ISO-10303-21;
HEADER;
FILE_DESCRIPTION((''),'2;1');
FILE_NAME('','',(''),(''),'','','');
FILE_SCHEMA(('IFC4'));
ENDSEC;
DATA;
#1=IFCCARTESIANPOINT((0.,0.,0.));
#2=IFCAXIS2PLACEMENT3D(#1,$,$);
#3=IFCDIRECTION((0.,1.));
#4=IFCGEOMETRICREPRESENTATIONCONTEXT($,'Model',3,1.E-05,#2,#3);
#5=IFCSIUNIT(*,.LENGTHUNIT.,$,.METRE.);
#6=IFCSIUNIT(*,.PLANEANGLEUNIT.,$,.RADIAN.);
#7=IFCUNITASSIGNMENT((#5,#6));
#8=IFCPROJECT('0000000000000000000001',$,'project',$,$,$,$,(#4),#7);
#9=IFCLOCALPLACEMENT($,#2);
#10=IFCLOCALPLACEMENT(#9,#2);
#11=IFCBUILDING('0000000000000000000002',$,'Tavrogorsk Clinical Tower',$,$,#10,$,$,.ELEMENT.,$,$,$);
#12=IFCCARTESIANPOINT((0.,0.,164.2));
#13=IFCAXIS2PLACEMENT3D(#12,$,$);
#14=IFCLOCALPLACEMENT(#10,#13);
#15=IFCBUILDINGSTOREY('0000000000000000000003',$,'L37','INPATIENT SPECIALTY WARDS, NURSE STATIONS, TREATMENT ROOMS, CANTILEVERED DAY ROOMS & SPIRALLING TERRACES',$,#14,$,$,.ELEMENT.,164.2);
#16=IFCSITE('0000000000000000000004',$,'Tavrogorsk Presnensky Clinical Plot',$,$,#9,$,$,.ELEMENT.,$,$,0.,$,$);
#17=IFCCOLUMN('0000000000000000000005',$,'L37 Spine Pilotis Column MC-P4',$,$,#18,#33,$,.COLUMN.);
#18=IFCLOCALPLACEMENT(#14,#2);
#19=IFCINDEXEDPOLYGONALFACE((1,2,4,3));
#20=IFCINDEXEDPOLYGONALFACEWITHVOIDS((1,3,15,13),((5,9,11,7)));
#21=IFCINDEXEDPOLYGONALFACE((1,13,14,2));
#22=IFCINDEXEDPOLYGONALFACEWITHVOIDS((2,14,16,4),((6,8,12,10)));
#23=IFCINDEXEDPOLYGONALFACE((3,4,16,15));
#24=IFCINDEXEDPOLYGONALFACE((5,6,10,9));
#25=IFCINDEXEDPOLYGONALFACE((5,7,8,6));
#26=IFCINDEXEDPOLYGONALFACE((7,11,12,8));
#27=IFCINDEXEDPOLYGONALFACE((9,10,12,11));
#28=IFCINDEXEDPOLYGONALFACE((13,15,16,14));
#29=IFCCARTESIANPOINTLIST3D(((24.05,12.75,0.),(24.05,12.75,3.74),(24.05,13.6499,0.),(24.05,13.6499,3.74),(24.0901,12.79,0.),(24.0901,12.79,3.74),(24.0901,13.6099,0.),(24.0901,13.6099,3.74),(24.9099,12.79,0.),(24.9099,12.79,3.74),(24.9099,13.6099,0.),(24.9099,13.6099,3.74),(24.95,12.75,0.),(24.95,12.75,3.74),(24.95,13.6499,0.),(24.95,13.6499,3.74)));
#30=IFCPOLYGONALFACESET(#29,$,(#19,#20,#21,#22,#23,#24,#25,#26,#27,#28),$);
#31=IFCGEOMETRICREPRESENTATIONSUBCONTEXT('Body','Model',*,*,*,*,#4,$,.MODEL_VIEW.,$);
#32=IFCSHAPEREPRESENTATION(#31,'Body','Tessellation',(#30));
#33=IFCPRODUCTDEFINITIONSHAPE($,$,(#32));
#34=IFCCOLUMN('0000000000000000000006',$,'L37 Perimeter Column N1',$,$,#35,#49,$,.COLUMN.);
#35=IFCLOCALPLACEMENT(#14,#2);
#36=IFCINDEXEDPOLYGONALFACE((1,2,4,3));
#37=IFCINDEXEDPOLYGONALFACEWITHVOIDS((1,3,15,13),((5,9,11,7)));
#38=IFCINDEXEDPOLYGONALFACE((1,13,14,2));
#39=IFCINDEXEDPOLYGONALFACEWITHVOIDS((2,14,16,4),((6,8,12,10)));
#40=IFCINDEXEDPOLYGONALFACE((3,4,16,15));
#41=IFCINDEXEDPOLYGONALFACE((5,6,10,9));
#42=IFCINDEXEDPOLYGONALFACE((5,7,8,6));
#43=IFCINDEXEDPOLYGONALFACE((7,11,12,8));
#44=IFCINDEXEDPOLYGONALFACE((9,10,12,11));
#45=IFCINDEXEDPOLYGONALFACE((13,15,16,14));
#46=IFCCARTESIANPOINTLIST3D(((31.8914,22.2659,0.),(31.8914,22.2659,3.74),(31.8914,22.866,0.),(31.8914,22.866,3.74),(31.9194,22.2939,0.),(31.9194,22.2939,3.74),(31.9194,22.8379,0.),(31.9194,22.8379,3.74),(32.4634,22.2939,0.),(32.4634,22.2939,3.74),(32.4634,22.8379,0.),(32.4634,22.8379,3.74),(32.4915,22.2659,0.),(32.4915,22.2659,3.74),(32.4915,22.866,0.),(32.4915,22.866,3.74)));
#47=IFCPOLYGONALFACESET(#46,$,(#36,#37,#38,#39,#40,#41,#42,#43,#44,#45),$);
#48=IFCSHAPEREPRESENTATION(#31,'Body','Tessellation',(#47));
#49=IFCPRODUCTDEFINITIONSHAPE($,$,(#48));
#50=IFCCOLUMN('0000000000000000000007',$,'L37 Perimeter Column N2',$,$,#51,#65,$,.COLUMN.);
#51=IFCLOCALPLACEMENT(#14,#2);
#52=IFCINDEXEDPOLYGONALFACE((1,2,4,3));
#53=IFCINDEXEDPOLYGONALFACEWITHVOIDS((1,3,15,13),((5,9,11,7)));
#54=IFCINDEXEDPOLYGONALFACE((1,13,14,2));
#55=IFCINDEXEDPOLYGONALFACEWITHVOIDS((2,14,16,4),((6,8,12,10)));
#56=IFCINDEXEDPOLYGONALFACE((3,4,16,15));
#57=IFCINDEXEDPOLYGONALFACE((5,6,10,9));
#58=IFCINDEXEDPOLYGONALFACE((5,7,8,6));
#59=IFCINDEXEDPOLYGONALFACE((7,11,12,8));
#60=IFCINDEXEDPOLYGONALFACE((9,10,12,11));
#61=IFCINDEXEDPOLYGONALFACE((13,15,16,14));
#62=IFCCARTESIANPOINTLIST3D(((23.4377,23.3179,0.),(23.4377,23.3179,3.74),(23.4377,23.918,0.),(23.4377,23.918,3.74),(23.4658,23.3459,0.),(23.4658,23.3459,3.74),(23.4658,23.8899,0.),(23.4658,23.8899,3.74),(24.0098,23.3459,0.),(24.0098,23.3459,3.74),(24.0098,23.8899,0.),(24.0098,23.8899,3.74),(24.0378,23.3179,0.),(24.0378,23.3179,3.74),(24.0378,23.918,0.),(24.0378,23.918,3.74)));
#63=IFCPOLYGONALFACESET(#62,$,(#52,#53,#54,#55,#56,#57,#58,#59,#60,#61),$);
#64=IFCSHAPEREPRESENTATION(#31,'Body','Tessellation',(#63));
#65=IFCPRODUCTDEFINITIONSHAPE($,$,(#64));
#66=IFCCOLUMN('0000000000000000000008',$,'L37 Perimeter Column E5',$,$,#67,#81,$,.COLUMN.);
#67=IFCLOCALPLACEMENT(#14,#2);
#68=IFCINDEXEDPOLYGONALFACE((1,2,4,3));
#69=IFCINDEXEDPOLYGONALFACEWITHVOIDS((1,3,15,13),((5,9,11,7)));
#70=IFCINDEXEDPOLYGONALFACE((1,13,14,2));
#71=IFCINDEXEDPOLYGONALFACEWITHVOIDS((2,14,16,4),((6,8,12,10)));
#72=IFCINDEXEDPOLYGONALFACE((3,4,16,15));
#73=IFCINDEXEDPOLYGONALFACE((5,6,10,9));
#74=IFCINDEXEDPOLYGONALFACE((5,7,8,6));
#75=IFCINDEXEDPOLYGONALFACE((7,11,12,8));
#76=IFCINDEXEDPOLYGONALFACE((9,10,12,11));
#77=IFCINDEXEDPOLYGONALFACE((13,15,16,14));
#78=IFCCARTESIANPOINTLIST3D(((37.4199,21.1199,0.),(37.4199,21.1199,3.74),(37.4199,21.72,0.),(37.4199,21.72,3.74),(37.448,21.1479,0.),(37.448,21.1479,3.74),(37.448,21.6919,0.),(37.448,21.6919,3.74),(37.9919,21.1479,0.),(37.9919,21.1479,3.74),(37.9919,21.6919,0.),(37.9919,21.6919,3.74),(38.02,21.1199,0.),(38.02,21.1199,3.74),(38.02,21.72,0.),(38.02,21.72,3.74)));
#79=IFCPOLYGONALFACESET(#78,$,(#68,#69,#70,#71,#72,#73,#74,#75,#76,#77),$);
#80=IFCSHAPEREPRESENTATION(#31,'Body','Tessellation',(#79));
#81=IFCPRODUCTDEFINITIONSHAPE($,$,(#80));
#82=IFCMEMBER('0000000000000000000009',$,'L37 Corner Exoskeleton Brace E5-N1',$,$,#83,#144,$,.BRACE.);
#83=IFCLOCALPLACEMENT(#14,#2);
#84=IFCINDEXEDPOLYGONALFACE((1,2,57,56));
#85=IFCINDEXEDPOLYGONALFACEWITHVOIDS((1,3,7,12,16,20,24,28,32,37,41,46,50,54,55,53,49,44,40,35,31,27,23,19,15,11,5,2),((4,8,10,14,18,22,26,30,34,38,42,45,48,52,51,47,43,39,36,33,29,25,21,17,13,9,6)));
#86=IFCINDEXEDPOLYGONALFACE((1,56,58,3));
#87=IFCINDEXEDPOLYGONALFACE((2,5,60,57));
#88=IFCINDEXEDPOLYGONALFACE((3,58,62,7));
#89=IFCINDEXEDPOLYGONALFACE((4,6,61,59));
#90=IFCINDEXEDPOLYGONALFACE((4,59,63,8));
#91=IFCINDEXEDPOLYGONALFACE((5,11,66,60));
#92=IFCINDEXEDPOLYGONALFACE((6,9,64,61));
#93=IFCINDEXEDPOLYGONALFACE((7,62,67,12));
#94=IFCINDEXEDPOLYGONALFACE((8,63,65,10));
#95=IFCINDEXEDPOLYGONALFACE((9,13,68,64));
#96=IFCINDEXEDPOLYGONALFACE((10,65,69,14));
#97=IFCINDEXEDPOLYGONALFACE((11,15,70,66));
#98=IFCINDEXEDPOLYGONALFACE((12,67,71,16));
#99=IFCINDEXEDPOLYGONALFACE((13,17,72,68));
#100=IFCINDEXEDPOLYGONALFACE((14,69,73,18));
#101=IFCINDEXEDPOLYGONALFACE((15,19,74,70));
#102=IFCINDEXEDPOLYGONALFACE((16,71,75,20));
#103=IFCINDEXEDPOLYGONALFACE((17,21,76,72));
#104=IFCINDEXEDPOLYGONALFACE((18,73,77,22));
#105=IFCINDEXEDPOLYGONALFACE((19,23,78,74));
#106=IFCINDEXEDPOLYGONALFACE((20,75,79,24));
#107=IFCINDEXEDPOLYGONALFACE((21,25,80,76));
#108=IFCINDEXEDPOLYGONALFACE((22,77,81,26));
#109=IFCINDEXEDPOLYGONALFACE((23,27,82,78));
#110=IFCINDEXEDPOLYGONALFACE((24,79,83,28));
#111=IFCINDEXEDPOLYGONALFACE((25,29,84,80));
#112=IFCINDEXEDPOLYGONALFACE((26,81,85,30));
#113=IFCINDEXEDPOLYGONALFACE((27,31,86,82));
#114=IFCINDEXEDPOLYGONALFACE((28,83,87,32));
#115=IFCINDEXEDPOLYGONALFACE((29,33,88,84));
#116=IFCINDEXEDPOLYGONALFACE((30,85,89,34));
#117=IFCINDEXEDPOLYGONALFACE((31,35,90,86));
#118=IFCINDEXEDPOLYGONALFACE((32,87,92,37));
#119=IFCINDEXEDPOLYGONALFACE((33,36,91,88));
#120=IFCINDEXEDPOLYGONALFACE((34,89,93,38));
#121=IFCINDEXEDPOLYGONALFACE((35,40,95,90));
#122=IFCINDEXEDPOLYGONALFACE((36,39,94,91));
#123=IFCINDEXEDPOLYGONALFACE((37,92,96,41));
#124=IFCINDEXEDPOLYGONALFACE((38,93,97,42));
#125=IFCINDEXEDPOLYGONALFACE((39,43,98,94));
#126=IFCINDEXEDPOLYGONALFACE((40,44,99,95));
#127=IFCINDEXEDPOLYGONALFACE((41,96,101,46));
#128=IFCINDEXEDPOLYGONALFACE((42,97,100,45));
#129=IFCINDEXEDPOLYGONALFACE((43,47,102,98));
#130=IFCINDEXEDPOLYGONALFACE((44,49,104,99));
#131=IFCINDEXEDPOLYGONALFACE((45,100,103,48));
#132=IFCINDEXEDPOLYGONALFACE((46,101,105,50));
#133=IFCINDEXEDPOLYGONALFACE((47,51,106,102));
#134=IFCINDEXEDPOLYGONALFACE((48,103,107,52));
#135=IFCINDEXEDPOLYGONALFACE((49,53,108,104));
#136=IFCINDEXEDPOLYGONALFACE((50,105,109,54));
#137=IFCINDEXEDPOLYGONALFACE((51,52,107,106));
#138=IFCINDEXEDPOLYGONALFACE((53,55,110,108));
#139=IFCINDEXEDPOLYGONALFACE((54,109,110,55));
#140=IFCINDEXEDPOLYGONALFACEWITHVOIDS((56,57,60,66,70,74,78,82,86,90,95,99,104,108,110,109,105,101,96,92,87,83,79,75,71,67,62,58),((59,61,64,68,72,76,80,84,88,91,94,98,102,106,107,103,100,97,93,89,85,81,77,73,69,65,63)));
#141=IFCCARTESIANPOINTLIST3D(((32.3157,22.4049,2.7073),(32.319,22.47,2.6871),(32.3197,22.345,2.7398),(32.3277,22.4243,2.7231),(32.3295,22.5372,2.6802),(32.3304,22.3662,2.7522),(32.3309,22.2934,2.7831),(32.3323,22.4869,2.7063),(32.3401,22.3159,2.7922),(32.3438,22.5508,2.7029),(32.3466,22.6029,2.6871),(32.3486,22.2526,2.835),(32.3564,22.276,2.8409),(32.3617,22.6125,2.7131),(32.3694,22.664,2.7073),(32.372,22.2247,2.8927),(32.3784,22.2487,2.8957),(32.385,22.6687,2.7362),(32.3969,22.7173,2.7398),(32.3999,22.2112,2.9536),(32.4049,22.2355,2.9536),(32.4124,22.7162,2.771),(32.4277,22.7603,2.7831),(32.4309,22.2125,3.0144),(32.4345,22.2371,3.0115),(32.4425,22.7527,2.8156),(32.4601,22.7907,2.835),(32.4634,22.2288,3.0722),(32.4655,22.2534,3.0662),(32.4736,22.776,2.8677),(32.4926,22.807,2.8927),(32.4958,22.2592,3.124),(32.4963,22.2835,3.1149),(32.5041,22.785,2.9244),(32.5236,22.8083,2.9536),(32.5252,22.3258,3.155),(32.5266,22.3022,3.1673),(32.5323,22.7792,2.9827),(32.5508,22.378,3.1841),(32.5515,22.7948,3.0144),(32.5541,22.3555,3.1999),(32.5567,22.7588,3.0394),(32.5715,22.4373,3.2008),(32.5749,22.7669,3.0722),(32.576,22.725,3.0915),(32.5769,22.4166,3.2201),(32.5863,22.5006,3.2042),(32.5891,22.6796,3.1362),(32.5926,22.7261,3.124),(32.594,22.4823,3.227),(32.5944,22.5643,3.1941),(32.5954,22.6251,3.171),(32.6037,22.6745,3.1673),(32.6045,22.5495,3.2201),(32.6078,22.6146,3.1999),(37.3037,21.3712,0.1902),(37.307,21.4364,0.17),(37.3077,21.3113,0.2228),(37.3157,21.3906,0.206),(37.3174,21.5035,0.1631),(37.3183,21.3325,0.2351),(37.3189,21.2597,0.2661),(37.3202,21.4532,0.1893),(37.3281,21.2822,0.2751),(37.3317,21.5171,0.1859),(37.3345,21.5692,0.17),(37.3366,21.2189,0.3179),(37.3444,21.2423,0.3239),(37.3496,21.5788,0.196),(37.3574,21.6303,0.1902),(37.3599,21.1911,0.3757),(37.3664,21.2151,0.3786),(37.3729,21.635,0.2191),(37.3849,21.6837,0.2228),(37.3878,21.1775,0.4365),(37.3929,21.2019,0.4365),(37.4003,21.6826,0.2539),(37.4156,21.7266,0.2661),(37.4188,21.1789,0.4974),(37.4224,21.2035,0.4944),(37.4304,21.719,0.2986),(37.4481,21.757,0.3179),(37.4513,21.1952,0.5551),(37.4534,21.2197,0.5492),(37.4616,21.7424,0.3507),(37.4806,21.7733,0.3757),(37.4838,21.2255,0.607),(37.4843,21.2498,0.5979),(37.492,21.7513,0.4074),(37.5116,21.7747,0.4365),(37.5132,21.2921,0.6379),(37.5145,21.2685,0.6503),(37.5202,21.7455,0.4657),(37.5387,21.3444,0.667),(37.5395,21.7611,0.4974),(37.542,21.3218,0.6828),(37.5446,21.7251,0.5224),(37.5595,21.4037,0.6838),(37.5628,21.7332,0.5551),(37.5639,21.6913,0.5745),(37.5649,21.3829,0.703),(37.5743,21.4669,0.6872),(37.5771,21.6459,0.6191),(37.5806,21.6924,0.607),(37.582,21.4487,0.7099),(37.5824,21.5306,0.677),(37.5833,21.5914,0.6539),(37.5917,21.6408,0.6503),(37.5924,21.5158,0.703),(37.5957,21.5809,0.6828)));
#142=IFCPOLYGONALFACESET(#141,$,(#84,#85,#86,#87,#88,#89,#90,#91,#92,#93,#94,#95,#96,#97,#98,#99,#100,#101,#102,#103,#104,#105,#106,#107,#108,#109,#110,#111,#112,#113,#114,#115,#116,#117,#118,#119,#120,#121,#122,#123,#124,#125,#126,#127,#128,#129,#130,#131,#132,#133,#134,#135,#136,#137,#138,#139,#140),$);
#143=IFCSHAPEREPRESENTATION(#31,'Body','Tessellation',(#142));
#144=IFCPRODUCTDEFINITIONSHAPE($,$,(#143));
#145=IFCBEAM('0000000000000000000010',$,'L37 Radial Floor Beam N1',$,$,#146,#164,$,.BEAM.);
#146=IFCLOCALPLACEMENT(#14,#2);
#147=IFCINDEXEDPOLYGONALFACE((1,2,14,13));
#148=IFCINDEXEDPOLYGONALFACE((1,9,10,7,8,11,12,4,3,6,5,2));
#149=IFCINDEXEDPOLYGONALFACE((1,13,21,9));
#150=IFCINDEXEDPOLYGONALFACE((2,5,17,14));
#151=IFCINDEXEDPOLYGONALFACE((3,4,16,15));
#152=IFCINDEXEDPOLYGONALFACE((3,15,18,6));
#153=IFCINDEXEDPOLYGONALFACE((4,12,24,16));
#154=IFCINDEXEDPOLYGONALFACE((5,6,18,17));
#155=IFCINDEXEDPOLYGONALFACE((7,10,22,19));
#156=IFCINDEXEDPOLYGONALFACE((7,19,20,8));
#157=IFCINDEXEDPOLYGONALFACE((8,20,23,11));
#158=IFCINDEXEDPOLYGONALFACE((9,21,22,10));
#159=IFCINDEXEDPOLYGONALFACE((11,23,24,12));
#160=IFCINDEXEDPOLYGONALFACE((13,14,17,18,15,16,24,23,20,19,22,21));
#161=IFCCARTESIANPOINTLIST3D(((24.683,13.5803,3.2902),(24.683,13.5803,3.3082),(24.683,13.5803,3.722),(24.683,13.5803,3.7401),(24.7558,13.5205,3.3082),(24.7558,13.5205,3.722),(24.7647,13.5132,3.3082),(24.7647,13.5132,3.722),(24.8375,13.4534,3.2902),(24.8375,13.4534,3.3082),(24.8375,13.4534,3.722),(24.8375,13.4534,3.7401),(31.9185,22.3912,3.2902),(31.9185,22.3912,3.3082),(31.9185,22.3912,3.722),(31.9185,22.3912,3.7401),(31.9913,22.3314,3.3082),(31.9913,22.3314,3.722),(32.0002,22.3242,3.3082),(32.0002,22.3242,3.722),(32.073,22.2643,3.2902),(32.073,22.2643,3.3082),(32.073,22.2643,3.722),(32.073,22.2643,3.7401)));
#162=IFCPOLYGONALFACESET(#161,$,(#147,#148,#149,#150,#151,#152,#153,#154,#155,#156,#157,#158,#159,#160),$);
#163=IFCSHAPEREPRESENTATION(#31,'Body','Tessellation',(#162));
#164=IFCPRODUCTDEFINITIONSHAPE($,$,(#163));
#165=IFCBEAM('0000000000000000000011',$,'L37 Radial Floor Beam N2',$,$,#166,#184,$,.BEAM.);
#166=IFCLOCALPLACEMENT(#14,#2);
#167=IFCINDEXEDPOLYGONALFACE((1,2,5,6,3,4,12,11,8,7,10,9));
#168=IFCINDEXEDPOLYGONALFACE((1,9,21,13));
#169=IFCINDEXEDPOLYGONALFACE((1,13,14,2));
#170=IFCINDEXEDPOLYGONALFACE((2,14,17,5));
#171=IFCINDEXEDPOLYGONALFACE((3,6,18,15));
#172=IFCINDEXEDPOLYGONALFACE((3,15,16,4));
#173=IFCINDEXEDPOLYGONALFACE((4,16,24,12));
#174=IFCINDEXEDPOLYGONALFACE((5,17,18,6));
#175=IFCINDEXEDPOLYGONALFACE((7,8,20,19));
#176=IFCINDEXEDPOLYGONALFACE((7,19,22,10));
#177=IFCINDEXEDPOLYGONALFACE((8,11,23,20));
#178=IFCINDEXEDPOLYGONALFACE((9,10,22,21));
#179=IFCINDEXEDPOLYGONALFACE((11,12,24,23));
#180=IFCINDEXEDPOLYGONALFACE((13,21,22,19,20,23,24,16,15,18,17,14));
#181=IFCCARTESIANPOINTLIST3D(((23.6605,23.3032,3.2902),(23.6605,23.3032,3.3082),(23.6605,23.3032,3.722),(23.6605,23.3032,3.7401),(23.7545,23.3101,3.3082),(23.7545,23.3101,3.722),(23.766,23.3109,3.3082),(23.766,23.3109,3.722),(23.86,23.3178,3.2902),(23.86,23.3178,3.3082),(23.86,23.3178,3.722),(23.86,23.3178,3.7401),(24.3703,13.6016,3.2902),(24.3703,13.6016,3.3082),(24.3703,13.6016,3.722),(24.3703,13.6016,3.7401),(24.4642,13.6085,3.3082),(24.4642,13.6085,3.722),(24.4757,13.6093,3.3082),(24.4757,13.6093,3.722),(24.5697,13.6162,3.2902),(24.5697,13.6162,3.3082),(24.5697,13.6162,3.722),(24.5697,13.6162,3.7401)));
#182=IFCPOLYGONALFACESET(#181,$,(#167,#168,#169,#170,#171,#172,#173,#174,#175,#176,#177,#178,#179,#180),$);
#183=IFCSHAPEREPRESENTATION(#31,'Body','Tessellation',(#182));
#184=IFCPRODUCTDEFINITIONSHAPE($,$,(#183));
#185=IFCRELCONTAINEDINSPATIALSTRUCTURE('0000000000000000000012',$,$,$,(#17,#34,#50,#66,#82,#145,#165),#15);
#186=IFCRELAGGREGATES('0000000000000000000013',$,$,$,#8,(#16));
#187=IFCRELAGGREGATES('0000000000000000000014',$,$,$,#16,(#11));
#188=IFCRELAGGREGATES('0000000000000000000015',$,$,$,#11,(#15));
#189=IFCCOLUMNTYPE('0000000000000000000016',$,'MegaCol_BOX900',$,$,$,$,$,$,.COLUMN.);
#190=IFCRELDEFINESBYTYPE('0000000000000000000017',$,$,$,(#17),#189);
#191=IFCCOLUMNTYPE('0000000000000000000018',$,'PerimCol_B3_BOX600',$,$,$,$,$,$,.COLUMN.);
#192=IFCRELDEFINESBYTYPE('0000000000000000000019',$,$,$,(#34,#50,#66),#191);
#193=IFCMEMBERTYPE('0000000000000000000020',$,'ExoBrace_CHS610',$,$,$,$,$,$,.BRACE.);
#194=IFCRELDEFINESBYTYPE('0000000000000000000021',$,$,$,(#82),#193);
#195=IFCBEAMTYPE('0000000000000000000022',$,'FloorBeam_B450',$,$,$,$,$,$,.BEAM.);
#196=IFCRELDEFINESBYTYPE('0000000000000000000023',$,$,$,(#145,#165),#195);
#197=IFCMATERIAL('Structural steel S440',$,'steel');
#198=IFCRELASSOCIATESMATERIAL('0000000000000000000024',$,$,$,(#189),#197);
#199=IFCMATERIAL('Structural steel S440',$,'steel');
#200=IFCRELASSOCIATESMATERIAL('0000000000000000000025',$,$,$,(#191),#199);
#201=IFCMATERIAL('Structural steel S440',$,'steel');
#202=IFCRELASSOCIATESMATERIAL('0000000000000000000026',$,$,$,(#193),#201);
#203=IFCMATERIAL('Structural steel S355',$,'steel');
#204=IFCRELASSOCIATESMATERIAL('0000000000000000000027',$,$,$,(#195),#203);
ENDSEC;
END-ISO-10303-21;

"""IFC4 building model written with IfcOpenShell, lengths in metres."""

from ifc_helpers import new_model, si_unit, direction, frame, origin, origin_2d, place, context, subcontext, project, spatial, hollow_rectangle, hollow_circle, i_section, extrude, material, material_profile, profile_set, type_object, element, save


model = new_model("IFC4")

# Units and contexts
model_context = context("Model", 3, precision=1e-05, world=origin(), true_north=direction((0.0, 1.0)))
body_context = subcontext(model_context, "Body", "Model", "MODEL_VIEW")
ifc_project = project(units=[si_unit("LENGTHUNIT", "METRE"), si_unit("PLANEANGLEUNIT", "RADIAN")], contexts=[model_context])

# Site, building, storey
site_placement = place(None, origin())
site = spatial("IfcSite", under=ifc_project, at=site_placement, Name="Tavrogorsk Presnensky Clinical Plot", CompositionType="ELEMENT", RefElevation=0.0)
building_placement = place(site_placement, origin())
building = spatial("IfcBuilding", under=site, at=building_placement, Name="Tavrogorsk Clinical Tower", CompositionType="ELEMENT")
storey_placement = place(building_placement, frame((0.0, 0.0, 164.2)))
storey = spatial("IfcBuildingStorey", under=building, at=storey_placement, Name="L37", Description="INPATIENT SPECIALTY WARDS, NURSE STATIONS, TREATMENT ROOMS, CANTILEVERED DAY ROOMS & SPIRALLING TERRACES", CompositionType="ELEMENT", Elevation=164.2)

# Columns
ifc_material_1 = material(Name="Structural steel S440", Category="steel")
ifc_material_profile_1 = material_profile(ifc_material_1, hollow_rectangle(XDim=0.8999, YDim=0.8999, WallThickness=0.04, at=origin_2d()), Name="BOX-900x900x40")
ifc_profile_set_1 = profile_set([ifc_material_profile_1], Name="Structural steel S440")
column_type_1 = type_object("IfcColumnType", Name="MegaCol_BOX900", PredefinedType="COLUMN", material=ifc_profile_set_1)
column_placement = place(storey_placement, frame((24.5, 13.2, 0.0), z_axis=(0.0, 0.0, 1.0), x_axis=(1.0, 0.0, 0.0)))
element("IfcColumn", 1, at=column_placement, inside=storey, type_object=column_type_1, Name="L37 Spine Pilotis Column MC-P4", PredefinedType="COLUMN", context=body_context, shape_type="SweptSolid", body=[
    extrude(hollow_rectangle(XDim=0.8999, YDim=0.8999, WallThickness=0.04, at=origin_2d()), origin(), (0.0, 0.0, 1.0), 3.74),
])
ifc_material_2 = material(Name="Structural steel S440", Category="steel")
ifc_material_profile_2 = material_profile(ifc_material_2, hollow_rectangle(XDim=0.6001, YDim=0.6001, WallThickness=0.0281, at=origin_2d()), Name="BOX-600x600x28")
ifc_profile_set_2 = profile_set([ifc_material_profile_2], Name="Structural steel S440")
column_type_2 = type_object("IfcColumnType", Name="PerimCol_B3_BOX600", PredefinedType="COLUMN", material=ifc_profile_set_2)
for number, where, z_axis, x_axis, name in (
    (2, (32.1914, 22.5659, 0.0), (0.0, 0.0, 1.0), (1.0, 0.0, 0.0), "L37 Perimeter Column N1"),
    (3, (23.7378, 23.6179, 0.0), (0.0, 0.0, 1.0), (1.0, 0.0, 0.0), "L37 Perimeter Column N2"),
    (4, (37.72, 21.4199, 0.0), (0.0, 0.0, 1.0), (1.0, 0.0, 0.0), "L37 Perimeter Column E5"),
):
    element("IfcColumn", number, at=place(storey_placement, frame(where, z_axis=z_axis, x_axis=x_axis)), inside=storey, type_object=column_type_2, Name=name, PredefinedType="COLUMN", context=body_context, shape_type="SweptSolid", body=[
        extrude(hollow_rectangle(XDim=0.6001, YDim=0.6001, WallThickness=0.0281, at=origin_2d()), origin(), (0.0, 0.0, 1.0), 3.74),
    ])

# Member
ifc_material_3 = material(Name="Structural steel S440", Category="steel")
ifc_material_profile_3 = material_profile(ifc_material_3, hollow_circle(Radius=0.3049, WallThickness=0.0249, at=origin_2d()), Name="CHS-610x25")
ifc_profile_set_3 = profile_set([ifc_material_profile_3], Name="Structural steel S440")
member_type_1 = type_object("IfcMemberType", Name="ExoBrace_CHS610", PredefinedType="BRACE", material=ifc_profile_set_3)
member_1_placement = place(storey_placement, frame((37.4497, 21.4761, 0.4365), z_axis=(-0.877871, 0.181925, 0.442996), x_axis=(-0.202923, -0.979195, 0.0)))
element("IfcMember", 5, at=member_1_placement, inside=storey, type_object=member_type_1, Name="L37 Corner Exoskeleton Brace E5-N1", PredefinedType="BRACE", context=body_context, shape_type="SweptSolid", body=[
    extrude(hollow_circle(Radius=0.3049, WallThickness=0.0249, at=origin_2d()), origin(), (0.0, 0.0, 1.0), 5.6819),
])

# Beams
ifc_material_4 = material(Name="Structural steel S355", Category="steel")
ifc_material_profile_4 = material_profile(ifc_material_4, i_section(OverallWidth=0.2, OverallDepth=0.45, WebThickness=0.0115, FlangeThickness=0.0181, at=origin_2d()), Name="B-450x200x11.5x18")
ifc_profile_set_4 = profile_set([ifc_material_profile_4], Name="Structural steel S355")
beam_type_1 = type_object("IfcBeamType", Name="FloorBeam_B450", PredefinedType="BEAM", material=ifc_profile_set_4)
beam_1_placement = place(storey_placement, frame((24.7603, 13.5168, 3.5151), z_axis=(0.634633, 0.772814, 0.0), x_axis=(-0.772814, 0.634633, 0.0)))
element("IfcBeam", 6, at=beam_1_placement, inside=storey, type_object=beam_type_1, Name="L37 Radial Floor Beam N1", PredefinedType="BEAM", context=body_context, shape_type="SweptSolid", body=[
    extrude(i_section(OverallWidth=0.2, OverallDepth=0.45, WebThickness=0.0115, FlangeThickness=0.0181, at=origin_2d()), origin(), (0.0, 0.0, 1.0), 11.4011),
])
beam_2_placement = place(storey_placement, frame((24.47, 13.6089, 3.5151), z_axis=(-0.072959, 0.997335, 0.0), x_axis=(-0.997335, -0.072959, 0.0)))
element("IfcBeam", 7, at=beam_2_placement, inside=storey, type_object=beam_type_1, Name="L37 Radial Floor Beam N2", PredefinedType="BEAM", context=body_context, shape_type="SweptSolid", body=[
    extrude(i_section(OverallWidth=0.2, OverallDepth=0.45, WebThickness=0.0115, FlangeThickness=0.0181, at=origin_2d()), origin(), (0.0, 0.0, 1.0), 9.7275),
])

save(model, "model.ifc")
